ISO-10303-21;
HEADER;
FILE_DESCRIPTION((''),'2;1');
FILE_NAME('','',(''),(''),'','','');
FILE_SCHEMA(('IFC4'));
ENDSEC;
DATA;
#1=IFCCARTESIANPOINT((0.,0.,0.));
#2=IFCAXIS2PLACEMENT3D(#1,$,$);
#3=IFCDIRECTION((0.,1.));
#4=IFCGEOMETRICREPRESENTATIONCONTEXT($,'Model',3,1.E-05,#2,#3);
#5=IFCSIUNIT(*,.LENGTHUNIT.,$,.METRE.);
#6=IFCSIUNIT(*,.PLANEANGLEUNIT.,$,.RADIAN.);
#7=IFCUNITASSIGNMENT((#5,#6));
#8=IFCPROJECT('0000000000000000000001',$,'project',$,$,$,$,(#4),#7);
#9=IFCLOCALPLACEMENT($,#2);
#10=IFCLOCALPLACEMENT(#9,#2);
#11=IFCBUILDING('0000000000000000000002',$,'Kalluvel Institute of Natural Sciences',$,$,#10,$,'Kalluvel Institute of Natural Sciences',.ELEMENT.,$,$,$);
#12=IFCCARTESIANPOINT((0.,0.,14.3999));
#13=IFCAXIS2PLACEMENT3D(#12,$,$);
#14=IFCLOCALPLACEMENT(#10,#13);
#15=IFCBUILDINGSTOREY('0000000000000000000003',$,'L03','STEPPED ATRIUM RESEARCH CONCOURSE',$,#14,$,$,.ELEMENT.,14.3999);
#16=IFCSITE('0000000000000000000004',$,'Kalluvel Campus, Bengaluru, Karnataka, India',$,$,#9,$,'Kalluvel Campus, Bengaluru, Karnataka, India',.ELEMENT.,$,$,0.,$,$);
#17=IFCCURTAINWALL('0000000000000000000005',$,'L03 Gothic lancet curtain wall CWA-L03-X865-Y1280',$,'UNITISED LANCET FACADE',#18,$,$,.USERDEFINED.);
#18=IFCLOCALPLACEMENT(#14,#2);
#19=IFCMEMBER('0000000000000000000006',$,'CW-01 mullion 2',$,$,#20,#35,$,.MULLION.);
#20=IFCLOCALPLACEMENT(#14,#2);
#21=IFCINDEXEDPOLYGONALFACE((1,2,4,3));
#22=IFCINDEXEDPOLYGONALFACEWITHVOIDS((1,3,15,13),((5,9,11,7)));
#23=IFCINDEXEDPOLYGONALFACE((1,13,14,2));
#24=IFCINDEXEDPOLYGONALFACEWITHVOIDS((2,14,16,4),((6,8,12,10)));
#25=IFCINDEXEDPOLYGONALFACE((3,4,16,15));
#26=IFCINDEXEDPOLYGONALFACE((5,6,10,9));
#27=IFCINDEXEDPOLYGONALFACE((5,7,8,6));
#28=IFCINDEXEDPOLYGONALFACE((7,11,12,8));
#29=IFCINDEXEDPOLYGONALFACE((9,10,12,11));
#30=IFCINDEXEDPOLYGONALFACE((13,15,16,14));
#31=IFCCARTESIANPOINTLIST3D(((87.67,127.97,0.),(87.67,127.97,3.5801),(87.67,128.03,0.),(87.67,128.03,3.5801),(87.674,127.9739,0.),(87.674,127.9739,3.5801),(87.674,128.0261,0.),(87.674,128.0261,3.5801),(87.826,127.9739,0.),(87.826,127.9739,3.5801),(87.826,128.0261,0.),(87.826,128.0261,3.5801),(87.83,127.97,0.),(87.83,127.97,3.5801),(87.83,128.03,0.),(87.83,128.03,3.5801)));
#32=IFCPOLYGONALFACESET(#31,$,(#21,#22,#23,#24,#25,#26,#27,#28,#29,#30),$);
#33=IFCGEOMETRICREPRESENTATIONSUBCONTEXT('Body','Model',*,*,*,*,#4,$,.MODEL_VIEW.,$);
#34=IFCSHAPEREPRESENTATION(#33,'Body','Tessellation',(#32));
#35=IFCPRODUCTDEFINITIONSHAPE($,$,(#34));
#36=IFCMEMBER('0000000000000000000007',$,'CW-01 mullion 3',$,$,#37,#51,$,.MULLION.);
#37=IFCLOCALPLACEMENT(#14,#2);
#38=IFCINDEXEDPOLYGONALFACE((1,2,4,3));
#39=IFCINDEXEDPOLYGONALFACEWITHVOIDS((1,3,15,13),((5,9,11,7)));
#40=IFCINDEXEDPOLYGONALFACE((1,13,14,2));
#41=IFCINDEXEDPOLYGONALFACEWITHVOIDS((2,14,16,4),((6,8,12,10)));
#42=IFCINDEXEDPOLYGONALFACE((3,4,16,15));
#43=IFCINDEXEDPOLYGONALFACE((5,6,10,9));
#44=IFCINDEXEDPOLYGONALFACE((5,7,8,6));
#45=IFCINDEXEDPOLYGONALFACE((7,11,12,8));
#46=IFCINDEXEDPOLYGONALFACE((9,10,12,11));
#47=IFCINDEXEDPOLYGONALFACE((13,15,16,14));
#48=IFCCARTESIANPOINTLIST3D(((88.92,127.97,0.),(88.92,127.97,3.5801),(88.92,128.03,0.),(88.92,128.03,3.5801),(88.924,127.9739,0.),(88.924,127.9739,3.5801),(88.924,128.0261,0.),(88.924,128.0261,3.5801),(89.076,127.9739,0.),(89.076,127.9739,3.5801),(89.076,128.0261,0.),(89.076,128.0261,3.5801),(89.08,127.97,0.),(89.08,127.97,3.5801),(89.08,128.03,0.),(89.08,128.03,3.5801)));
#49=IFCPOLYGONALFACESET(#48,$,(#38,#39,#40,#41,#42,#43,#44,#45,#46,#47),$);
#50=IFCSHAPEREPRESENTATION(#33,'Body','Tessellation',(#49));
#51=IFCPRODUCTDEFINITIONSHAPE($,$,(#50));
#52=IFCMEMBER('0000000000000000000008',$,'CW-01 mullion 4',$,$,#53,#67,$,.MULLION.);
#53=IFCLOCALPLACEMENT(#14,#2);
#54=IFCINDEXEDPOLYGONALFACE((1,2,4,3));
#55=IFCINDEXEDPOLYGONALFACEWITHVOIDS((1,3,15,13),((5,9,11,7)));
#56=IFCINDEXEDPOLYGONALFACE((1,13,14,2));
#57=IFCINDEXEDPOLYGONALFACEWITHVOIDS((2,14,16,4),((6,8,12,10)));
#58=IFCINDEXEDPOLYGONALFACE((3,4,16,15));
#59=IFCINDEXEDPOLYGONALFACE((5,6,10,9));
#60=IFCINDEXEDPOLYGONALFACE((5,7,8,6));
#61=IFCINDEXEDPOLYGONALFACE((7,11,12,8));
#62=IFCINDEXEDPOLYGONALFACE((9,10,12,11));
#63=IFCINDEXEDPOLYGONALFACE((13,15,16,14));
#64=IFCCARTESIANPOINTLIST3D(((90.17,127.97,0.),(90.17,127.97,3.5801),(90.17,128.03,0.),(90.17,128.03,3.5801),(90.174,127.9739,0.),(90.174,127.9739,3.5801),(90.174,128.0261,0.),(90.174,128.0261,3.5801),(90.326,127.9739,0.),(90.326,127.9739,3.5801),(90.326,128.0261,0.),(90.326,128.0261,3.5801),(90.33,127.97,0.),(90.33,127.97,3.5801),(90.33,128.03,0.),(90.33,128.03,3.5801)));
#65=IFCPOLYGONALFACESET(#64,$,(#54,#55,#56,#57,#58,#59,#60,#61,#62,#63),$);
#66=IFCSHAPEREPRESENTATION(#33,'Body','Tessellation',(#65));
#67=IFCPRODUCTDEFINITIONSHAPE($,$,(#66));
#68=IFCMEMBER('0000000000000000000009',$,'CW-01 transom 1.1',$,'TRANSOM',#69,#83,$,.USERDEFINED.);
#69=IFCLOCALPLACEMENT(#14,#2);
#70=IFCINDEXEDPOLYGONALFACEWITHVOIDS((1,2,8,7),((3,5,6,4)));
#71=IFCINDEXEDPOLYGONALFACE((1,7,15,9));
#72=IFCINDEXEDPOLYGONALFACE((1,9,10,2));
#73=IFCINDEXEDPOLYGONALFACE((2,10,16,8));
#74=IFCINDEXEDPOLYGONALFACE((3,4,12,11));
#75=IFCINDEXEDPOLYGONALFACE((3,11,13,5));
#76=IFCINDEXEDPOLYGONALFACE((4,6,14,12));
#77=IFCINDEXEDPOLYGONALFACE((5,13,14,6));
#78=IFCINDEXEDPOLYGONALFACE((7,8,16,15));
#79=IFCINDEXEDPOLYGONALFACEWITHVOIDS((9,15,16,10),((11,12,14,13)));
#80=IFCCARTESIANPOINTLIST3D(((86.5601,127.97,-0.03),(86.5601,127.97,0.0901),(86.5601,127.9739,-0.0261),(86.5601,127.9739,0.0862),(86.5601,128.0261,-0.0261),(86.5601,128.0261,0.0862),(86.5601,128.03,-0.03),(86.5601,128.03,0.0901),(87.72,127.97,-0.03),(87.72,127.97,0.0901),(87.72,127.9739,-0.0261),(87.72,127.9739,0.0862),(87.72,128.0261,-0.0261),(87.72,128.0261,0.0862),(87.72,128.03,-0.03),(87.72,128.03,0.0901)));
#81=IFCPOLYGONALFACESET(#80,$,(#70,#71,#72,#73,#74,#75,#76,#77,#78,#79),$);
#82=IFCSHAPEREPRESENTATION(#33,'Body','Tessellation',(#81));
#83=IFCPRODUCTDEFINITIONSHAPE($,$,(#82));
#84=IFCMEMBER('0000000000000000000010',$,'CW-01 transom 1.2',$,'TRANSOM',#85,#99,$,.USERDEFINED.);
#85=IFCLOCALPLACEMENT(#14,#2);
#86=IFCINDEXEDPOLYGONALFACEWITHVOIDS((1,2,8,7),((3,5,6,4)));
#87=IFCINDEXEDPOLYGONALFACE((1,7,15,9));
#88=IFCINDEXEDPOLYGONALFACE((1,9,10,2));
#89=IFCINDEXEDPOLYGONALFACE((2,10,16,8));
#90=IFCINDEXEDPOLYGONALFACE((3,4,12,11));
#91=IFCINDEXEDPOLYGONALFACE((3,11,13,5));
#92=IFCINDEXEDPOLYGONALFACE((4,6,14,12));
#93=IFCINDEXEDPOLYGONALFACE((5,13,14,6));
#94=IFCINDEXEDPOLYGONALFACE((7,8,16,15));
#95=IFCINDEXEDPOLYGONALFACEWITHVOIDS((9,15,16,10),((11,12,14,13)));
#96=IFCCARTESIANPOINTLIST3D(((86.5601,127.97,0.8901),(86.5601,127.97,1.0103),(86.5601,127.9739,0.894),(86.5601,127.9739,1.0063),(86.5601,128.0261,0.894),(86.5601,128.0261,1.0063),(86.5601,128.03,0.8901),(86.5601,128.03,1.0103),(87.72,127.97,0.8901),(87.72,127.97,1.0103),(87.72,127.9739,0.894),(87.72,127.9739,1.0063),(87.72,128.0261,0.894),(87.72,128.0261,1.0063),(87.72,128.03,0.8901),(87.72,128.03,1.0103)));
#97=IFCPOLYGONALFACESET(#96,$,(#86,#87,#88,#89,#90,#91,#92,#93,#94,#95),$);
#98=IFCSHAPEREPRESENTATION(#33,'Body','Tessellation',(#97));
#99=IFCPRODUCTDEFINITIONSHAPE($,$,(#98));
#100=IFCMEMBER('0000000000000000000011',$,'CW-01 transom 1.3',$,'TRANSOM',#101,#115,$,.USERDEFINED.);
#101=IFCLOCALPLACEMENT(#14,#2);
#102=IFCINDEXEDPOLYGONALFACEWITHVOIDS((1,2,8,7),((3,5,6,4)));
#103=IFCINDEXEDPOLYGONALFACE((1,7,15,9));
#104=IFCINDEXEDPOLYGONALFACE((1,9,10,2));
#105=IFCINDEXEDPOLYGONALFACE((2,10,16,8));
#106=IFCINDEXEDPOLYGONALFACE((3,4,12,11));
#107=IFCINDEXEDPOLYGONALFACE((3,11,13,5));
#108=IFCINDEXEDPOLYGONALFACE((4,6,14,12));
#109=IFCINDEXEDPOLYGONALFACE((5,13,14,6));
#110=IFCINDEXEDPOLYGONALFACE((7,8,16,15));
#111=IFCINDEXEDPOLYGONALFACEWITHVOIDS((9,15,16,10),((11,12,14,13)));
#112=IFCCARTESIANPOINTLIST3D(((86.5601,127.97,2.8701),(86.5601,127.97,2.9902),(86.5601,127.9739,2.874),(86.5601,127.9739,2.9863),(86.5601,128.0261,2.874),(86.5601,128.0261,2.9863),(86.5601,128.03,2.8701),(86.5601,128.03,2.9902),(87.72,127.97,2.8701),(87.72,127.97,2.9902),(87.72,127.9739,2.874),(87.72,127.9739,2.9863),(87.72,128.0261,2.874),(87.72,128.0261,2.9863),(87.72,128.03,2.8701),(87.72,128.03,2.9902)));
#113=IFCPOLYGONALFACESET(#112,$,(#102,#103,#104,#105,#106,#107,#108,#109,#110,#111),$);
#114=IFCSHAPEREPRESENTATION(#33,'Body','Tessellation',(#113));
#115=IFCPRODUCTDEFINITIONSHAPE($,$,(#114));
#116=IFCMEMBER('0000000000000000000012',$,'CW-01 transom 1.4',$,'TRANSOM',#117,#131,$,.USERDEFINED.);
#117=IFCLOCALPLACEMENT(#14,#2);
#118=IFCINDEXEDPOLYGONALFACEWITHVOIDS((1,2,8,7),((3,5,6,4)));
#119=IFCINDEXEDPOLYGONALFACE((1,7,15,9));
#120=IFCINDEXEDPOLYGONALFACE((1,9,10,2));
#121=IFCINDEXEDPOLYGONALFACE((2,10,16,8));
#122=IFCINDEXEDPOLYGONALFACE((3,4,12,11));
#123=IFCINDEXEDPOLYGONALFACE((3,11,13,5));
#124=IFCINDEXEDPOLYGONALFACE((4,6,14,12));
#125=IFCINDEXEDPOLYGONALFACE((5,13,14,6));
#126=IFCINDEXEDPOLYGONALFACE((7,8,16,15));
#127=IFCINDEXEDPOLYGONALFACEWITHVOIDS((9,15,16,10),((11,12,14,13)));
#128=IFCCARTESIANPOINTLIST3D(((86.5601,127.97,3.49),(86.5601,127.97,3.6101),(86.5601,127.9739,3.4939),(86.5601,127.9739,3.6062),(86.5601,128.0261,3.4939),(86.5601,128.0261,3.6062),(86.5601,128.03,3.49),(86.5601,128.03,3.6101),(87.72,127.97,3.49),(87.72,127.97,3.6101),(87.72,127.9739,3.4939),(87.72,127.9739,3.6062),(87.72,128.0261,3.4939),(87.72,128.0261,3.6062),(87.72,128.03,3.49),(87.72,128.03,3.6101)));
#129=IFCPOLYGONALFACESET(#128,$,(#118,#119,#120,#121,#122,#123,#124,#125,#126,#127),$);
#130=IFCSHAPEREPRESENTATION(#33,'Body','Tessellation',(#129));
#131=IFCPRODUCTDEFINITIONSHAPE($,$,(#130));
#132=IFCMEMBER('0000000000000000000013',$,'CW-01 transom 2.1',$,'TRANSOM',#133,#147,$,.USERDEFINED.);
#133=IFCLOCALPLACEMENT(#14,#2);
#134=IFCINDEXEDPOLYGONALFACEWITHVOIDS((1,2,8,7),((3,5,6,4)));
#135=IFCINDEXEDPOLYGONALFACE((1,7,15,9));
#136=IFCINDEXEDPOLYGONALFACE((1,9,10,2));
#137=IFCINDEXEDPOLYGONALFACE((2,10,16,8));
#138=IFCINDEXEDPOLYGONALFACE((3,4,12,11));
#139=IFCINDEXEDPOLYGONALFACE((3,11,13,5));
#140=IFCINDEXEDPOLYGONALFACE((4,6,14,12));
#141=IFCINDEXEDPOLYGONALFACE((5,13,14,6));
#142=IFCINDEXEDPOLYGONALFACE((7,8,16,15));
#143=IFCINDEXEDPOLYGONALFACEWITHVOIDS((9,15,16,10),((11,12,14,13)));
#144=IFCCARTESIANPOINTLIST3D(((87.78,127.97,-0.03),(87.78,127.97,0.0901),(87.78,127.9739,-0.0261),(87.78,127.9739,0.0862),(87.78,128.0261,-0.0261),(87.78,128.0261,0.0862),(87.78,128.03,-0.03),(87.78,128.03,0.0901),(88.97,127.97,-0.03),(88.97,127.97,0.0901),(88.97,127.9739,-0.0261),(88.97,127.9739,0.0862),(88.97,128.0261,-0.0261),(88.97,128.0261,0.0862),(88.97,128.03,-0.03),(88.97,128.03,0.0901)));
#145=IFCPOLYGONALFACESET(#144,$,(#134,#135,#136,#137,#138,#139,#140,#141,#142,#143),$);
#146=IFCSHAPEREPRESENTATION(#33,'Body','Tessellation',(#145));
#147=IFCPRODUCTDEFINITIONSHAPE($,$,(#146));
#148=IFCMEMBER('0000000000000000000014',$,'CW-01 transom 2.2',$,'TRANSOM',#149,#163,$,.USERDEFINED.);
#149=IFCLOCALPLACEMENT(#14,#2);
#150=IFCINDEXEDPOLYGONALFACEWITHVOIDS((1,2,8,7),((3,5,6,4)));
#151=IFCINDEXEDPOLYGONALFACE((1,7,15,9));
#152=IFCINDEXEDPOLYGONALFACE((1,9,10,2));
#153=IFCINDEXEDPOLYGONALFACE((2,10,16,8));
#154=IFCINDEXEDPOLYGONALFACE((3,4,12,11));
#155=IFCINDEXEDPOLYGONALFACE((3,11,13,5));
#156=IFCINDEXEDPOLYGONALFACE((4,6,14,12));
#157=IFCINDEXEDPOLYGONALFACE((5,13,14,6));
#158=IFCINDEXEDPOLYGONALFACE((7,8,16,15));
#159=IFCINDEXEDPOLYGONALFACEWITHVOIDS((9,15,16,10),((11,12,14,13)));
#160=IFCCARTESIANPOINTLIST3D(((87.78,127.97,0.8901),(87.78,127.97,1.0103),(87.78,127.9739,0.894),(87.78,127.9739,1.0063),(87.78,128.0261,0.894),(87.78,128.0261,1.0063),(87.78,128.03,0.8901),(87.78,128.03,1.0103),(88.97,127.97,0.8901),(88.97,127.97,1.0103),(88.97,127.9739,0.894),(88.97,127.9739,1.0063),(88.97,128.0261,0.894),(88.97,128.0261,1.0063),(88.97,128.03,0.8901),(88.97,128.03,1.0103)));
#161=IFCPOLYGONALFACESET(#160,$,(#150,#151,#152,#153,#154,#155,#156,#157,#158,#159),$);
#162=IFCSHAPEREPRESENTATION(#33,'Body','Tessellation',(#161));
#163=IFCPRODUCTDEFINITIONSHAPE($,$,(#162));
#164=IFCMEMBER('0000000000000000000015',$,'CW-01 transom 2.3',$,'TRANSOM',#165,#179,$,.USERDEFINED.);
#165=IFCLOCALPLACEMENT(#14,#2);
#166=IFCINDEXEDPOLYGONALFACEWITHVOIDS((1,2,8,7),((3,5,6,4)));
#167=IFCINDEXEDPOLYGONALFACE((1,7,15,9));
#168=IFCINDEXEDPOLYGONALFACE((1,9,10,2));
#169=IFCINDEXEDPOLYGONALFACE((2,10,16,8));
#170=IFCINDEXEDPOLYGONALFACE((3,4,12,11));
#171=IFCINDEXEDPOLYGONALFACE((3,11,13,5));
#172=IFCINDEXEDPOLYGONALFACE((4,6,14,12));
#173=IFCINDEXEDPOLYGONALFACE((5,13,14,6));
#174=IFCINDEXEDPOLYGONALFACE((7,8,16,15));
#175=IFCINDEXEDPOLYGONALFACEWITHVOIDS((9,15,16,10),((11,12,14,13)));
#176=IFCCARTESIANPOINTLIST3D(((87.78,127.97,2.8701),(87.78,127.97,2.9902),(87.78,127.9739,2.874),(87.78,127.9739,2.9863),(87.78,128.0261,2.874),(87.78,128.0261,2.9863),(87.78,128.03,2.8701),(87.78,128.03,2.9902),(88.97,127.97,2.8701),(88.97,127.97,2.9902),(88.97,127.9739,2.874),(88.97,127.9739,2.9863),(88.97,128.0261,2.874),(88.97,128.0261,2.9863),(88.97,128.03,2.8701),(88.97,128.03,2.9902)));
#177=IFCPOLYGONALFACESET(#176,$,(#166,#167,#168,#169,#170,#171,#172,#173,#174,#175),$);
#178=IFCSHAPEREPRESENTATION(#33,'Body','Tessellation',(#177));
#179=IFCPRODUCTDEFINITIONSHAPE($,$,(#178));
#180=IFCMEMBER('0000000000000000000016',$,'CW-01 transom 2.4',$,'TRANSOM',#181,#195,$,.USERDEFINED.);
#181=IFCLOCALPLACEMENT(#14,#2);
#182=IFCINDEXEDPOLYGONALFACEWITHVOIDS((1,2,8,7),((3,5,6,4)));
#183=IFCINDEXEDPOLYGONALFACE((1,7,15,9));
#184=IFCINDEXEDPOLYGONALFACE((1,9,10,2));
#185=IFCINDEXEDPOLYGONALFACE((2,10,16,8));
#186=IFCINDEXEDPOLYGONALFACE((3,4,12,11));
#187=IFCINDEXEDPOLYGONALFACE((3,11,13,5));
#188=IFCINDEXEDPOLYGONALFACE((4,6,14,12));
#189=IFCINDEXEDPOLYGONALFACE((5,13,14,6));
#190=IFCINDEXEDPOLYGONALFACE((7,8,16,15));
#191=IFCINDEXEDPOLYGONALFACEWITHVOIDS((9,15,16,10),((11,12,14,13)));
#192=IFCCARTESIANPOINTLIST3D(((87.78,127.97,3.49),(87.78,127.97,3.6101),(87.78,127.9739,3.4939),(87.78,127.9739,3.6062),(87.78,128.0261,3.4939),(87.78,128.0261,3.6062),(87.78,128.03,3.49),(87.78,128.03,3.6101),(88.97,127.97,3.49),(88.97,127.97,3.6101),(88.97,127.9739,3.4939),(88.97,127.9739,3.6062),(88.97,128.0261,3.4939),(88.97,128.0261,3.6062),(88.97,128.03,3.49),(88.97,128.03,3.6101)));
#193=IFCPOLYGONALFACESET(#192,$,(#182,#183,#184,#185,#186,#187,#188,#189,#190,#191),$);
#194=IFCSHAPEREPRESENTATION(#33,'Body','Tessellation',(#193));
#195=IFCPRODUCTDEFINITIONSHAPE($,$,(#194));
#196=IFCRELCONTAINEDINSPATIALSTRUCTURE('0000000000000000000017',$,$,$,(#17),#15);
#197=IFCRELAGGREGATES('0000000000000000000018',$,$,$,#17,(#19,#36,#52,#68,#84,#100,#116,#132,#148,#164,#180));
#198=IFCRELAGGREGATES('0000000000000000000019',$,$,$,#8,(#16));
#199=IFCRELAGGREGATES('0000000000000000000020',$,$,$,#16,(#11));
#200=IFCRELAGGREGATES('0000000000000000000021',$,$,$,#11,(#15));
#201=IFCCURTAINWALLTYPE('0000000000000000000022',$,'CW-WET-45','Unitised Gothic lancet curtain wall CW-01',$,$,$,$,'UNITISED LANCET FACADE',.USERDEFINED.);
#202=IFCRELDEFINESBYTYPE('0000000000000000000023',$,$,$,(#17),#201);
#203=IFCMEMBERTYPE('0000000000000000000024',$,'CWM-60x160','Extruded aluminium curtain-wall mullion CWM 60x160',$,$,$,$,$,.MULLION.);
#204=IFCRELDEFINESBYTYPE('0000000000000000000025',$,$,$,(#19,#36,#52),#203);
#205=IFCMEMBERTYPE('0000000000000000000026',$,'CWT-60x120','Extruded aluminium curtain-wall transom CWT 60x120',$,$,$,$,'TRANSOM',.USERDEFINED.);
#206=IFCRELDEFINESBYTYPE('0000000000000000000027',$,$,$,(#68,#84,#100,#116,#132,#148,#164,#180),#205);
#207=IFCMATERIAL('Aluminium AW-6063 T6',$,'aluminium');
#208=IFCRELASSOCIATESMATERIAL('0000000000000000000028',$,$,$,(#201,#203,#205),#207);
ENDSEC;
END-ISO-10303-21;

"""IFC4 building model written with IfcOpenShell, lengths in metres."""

from ifc_helpers import new_model, si_unit, direction, frame, origin, origin_2d, place, context, subcontext, project, spatial, hollow_rectangle, extrude, material, material_profile, profile_set, type_object, element, aggregate, save


model = new_model("IFC4")

# Units and contexts
model_context = context("Model", 3, precision=1e-05, world=origin(), true_north=direction((0.0, 1.0)))
body_context = subcontext(model_context, "Body", "Model", "MODEL_VIEW")
ifc_project = project(units=[si_unit("LENGTHUNIT", "METRE"), si_unit("PLANEANGLEUNIT", "RADIAN")], contexts=[model_context])

# Site, building, storey
site_placement = place(None, origin())
site = spatial("IfcSite", under=ifc_project, at=site_placement, Name="Kalluvel Campus, Bengaluru, Karnataka, India", LongName="Kalluvel Campus, Bengaluru, Karnataka, India", CompositionType="ELEMENT", RefElevation=0.0)
building_placement = place(site_placement, origin())
building = spatial("IfcBuilding", under=site, at=building_placement, Name="Kalluvel Institute of Natural Sciences", LongName="Kalluvel Institute of Natural Sciences", CompositionType="ELEMENT")
storey_placement = place(building_placement, frame((0.0, 0.0, 14.3999)))
storey = spatial("IfcBuildingStorey", under=building, at=storey_placement, Name="L03", Description="STEPPED ATRIUM RESEARCH CONCOURSE", CompositionType="ELEMENT", Elevation=14.3999)

# Curtain wall, members
ifc_material_1 = material(Name="Aluminium AW-6063 T6", Category="aluminium")
curtain_wall_type = type_object("IfcCurtainWallType", Name="CW-WET-45", Description="Unitised Gothic lancet curtain wall CW-01", ElementType="UNITISED LANCET FACADE", PredefinedType="USERDEFINED", material=ifc_material_1)
curtain_wall_placement = place(storey_placement, origin())
curtain_wall = element("IfcCurtainWall", 1, at=curtain_wall_placement, inside=storey, type_object=curtain_wall_type, Name="L03 Gothic lancet curtain wall CWA-L03-X865-Y1280", ObjectType="UNITISED LANCET FACADE", PredefinedType="USERDEFINED")
ifc_material_profile_1 = material_profile(ifc_material_1, hollow_rectangle(XDim=0.0601, YDim=0.1599, WallThickness=0.0039, at=origin_2d()), Name="CWM 60x160")
ifc_profile_set_1 = profile_set([ifc_material_profile_1], Name="Aluminium AW-6063 T6")
member_type_1 = type_object("IfcMemberType", Name="CWM-60x160", Description="Extruded aluminium curtain-wall mullion CWM 60x160", PredefinedType="MULLION", material=ifc_profile_set_1)
member_1_placement = place(storey_placement, frame((87.75, 128.0, 0.0), z_axis=(0.0, 0.0, 1.0), x_axis=(0.0, 1.0, 0.0)))
member_1 = element("IfcMember", 2, at=member_1_placement, type_object=member_type_1, Name="CW-01 mullion 2", PredefinedType="MULLION", context=body_context, shape_type="SweptSolid", body=[
    extrude(hollow_rectangle(XDim=0.0601, YDim=0.1599, WallThickness=0.0039, at=origin_2d()), origin(), (0.0, 0.0, 1.0), 3.5801),
])
member_2_placement = place(storey_placement, frame((89.0, 128.0, 0.0), z_axis=(0.0, 0.0, 1.0), x_axis=(0.0, 1.0, 0.0)))
member_2 = element("IfcMember", 3, at=member_2_placement, type_object=member_type_1, Name="CW-01 mullion 3", PredefinedType="MULLION", context=body_context, shape_type="SweptSolid", body=[
    extrude(hollow_rectangle(XDim=0.0601, YDim=0.1599, WallThickness=0.0039, at=origin_2d()), origin(), (0.0, 0.0, 1.0), 3.5801),
])
member_3_placement = place(storey_placement, frame((90.25, 128.0, 0.0), z_axis=(0.0, 0.0, 1.0), x_axis=(0.0, 1.0, 0.0)))
member_3 = element("IfcMember", 4, at=member_3_placement, type_object=member_type_1, Name="CW-01 mullion 4", PredefinedType="MULLION", context=body_context, shape_type="SweptSolid", body=[
    extrude(hollow_rectangle(XDim=0.0601, YDim=0.1599, WallThickness=0.0039, at=origin_2d()), origin(), (0.0, 0.0, 1.0), 3.5801),
])
ifc_material_profile_2 = material_profile(ifc_material_1, hollow_rectangle(XDim=0.0601, YDim=0.1201, WallThickness=0.0039, at=origin_2d()), Name="CWT 60x120")
ifc_profile_set_2 = profile_set([ifc_material_profile_2], Name="Aluminium AW-6063 T6")
member_type_2 = type_object("IfcMemberType", Name="CWT-60x120", Description="Extruded aluminium curtain-wall transom CWT 60x120", ElementType="TRANSOM", PredefinedType="USERDEFINED", material=ifc_profile_set_2)
member_4_placement = place(storey_placement, frame((86.5601, 128.0, 0.03), z_axis=(1.0, 0.0, 0.0), x_axis=(0.0, 1.0, 0.0)))
member_4 = element("IfcMember", 5, at=member_4_placement, type_object=member_type_2, Name="CW-01 transom 1.1", ObjectType="TRANSOM", PredefinedType="USERDEFINED", context=body_context, shape_type="SweptSolid", body=[
    extrude(hollow_rectangle(XDim=0.0601, YDim=0.1201, WallThickness=0.0039, at=origin_2d()), origin(), (0.0, 0.0, 1.0), 1.1599),
])
member_5_placement = place(storey_placement, frame((86.5601, 128.0, 0.9502), z_axis=(1.0, 0.0, 0.0), x_axis=(0.0, 1.0, 0.0)))
member_5 = element("IfcMember", 6, at=member_5_placement, type_object=member_type_2, Name="CW-01 transom 1.2", ObjectType="TRANSOM", PredefinedType="USERDEFINED", context=body_context, shape_type="SweptSolid", body=[
    extrude(hollow_rectangle(XDim=0.0601, YDim=0.1201, WallThickness=0.0039, at=origin_2d()), origin(), (0.0, 0.0, 1.0), 1.1599),
])
member_6_placement = place(storey_placement, frame((86.5601, 128.0, 2.9302), z_axis=(1.0, 0.0, 0.0), x_axis=(0.0, 1.0, 0.0)))
member_6 = element("IfcMember", 7, at=member_6_placement, type_object=member_type_2, Name="CW-01 transom 1.3", ObjectType="TRANSOM", PredefinedType="USERDEFINED", context=body_context, shape_type="SweptSolid", body=[
    extrude(hollow_rectangle(XDim=0.0601, YDim=0.1201, WallThickness=0.0039, at=origin_2d()), origin(), (0.0, 0.0, 1.0), 1.1599),
])
member_7_placement = place(storey_placement, frame((86.5601, 128.0, 3.55), z_axis=(1.0, 0.0, 0.0), x_axis=(0.0, 1.0, 0.0)))
member_7 = element("IfcMember", 8, at=member_7_placement, type_object=member_type_2, Name="CW-01 transom 1.4", ObjectType="TRANSOM", PredefinedType="USERDEFINED", context=body_context, shape_type="SweptSolid", body=[
    extrude(hollow_rectangle(XDim=0.0601, YDim=0.1201, WallThickness=0.0039, at=origin_2d()), origin(), (0.0, 0.0, 1.0), 1.1599),
])
member_8_placement = place(storey_placement, frame((87.78, 128.0, 0.03), z_axis=(1.0, 0.0, 0.0), x_axis=(0.0, 1.0, 0.0)))
member_8 = element("IfcMember", 9, at=member_8_placement, type_object=member_type_2, Name="CW-01 transom 2.1", ObjectType="TRANSOM", PredefinedType="USERDEFINED", context=body_context, shape_type="SweptSolid", body=[
    extrude(hollow_rectangle(XDim=0.0601, YDim=0.1201, WallThickness=0.0039, at=origin_2d()), origin(), (0.0, 0.0, 1.0), 1.1899),
])
member_9_placement = place(storey_placement, frame((87.78, 128.0, 0.9502), z_axis=(1.0, 0.0, 0.0), x_axis=(0.0, 1.0, 0.0)))
member_9 = element("IfcMember", 10, at=member_9_placement, type_object=member_type_2, Name="CW-01 transom 2.2", ObjectType="TRANSOM", PredefinedType="USERDEFINED", context=body_context, shape_type="SweptSolid", body=[
    extrude(hollow_rectangle(XDim=0.0601, YDim=0.1201, WallThickness=0.0039, at=origin_2d()), origin(), (0.0, 0.0, 1.0), 1.1899),
])
member_10_placement = place(storey_placement, frame((87.78, 128.0, 2.9302), z_axis=(1.0, 0.0, 0.0), x_axis=(0.0, 1.0, 0.0)))
member_10 = element("IfcMember", 11, at=member_10_placement, type_object=member_type_2, Name="CW-01 transom 2.3", ObjectType="TRANSOM", PredefinedType="USERDEFINED", context=body_context, shape_type="SweptSolid", body=[
    extrude(hollow_rectangle(XDim=0.0601, YDim=0.1201, WallThickness=0.0039, at=origin_2d()), origin(), (0.0, 0.0, 1.0), 1.1899),
])
member_11_placement = place(storey_placement, frame((87.78, 128.0, 3.55), z_axis=(1.0, 0.0, 0.0), x_axis=(0.0, 1.0, 0.0)))
member_11 = element("IfcMember", 12, at=member_11_placement, type_object=member_type_2, Name="CW-01 transom 2.4", ObjectType="TRANSOM", PredefinedType="USERDEFINED", context=body_context, shape_type="SweptSolid", body=[
    extrude(hollow_rectangle(XDim=0.0601, YDim=0.1201, WallThickness=0.0039, at=origin_2d()), origin(), (0.0, 0.0, 1.0), 1.1899),
])
aggregate(curtain_wall, [member_1, member_2, member_3, member_4, member_5, member_6, member_7, member_8, member_9, member_10, member_11])

save(model, "model.ifc")
